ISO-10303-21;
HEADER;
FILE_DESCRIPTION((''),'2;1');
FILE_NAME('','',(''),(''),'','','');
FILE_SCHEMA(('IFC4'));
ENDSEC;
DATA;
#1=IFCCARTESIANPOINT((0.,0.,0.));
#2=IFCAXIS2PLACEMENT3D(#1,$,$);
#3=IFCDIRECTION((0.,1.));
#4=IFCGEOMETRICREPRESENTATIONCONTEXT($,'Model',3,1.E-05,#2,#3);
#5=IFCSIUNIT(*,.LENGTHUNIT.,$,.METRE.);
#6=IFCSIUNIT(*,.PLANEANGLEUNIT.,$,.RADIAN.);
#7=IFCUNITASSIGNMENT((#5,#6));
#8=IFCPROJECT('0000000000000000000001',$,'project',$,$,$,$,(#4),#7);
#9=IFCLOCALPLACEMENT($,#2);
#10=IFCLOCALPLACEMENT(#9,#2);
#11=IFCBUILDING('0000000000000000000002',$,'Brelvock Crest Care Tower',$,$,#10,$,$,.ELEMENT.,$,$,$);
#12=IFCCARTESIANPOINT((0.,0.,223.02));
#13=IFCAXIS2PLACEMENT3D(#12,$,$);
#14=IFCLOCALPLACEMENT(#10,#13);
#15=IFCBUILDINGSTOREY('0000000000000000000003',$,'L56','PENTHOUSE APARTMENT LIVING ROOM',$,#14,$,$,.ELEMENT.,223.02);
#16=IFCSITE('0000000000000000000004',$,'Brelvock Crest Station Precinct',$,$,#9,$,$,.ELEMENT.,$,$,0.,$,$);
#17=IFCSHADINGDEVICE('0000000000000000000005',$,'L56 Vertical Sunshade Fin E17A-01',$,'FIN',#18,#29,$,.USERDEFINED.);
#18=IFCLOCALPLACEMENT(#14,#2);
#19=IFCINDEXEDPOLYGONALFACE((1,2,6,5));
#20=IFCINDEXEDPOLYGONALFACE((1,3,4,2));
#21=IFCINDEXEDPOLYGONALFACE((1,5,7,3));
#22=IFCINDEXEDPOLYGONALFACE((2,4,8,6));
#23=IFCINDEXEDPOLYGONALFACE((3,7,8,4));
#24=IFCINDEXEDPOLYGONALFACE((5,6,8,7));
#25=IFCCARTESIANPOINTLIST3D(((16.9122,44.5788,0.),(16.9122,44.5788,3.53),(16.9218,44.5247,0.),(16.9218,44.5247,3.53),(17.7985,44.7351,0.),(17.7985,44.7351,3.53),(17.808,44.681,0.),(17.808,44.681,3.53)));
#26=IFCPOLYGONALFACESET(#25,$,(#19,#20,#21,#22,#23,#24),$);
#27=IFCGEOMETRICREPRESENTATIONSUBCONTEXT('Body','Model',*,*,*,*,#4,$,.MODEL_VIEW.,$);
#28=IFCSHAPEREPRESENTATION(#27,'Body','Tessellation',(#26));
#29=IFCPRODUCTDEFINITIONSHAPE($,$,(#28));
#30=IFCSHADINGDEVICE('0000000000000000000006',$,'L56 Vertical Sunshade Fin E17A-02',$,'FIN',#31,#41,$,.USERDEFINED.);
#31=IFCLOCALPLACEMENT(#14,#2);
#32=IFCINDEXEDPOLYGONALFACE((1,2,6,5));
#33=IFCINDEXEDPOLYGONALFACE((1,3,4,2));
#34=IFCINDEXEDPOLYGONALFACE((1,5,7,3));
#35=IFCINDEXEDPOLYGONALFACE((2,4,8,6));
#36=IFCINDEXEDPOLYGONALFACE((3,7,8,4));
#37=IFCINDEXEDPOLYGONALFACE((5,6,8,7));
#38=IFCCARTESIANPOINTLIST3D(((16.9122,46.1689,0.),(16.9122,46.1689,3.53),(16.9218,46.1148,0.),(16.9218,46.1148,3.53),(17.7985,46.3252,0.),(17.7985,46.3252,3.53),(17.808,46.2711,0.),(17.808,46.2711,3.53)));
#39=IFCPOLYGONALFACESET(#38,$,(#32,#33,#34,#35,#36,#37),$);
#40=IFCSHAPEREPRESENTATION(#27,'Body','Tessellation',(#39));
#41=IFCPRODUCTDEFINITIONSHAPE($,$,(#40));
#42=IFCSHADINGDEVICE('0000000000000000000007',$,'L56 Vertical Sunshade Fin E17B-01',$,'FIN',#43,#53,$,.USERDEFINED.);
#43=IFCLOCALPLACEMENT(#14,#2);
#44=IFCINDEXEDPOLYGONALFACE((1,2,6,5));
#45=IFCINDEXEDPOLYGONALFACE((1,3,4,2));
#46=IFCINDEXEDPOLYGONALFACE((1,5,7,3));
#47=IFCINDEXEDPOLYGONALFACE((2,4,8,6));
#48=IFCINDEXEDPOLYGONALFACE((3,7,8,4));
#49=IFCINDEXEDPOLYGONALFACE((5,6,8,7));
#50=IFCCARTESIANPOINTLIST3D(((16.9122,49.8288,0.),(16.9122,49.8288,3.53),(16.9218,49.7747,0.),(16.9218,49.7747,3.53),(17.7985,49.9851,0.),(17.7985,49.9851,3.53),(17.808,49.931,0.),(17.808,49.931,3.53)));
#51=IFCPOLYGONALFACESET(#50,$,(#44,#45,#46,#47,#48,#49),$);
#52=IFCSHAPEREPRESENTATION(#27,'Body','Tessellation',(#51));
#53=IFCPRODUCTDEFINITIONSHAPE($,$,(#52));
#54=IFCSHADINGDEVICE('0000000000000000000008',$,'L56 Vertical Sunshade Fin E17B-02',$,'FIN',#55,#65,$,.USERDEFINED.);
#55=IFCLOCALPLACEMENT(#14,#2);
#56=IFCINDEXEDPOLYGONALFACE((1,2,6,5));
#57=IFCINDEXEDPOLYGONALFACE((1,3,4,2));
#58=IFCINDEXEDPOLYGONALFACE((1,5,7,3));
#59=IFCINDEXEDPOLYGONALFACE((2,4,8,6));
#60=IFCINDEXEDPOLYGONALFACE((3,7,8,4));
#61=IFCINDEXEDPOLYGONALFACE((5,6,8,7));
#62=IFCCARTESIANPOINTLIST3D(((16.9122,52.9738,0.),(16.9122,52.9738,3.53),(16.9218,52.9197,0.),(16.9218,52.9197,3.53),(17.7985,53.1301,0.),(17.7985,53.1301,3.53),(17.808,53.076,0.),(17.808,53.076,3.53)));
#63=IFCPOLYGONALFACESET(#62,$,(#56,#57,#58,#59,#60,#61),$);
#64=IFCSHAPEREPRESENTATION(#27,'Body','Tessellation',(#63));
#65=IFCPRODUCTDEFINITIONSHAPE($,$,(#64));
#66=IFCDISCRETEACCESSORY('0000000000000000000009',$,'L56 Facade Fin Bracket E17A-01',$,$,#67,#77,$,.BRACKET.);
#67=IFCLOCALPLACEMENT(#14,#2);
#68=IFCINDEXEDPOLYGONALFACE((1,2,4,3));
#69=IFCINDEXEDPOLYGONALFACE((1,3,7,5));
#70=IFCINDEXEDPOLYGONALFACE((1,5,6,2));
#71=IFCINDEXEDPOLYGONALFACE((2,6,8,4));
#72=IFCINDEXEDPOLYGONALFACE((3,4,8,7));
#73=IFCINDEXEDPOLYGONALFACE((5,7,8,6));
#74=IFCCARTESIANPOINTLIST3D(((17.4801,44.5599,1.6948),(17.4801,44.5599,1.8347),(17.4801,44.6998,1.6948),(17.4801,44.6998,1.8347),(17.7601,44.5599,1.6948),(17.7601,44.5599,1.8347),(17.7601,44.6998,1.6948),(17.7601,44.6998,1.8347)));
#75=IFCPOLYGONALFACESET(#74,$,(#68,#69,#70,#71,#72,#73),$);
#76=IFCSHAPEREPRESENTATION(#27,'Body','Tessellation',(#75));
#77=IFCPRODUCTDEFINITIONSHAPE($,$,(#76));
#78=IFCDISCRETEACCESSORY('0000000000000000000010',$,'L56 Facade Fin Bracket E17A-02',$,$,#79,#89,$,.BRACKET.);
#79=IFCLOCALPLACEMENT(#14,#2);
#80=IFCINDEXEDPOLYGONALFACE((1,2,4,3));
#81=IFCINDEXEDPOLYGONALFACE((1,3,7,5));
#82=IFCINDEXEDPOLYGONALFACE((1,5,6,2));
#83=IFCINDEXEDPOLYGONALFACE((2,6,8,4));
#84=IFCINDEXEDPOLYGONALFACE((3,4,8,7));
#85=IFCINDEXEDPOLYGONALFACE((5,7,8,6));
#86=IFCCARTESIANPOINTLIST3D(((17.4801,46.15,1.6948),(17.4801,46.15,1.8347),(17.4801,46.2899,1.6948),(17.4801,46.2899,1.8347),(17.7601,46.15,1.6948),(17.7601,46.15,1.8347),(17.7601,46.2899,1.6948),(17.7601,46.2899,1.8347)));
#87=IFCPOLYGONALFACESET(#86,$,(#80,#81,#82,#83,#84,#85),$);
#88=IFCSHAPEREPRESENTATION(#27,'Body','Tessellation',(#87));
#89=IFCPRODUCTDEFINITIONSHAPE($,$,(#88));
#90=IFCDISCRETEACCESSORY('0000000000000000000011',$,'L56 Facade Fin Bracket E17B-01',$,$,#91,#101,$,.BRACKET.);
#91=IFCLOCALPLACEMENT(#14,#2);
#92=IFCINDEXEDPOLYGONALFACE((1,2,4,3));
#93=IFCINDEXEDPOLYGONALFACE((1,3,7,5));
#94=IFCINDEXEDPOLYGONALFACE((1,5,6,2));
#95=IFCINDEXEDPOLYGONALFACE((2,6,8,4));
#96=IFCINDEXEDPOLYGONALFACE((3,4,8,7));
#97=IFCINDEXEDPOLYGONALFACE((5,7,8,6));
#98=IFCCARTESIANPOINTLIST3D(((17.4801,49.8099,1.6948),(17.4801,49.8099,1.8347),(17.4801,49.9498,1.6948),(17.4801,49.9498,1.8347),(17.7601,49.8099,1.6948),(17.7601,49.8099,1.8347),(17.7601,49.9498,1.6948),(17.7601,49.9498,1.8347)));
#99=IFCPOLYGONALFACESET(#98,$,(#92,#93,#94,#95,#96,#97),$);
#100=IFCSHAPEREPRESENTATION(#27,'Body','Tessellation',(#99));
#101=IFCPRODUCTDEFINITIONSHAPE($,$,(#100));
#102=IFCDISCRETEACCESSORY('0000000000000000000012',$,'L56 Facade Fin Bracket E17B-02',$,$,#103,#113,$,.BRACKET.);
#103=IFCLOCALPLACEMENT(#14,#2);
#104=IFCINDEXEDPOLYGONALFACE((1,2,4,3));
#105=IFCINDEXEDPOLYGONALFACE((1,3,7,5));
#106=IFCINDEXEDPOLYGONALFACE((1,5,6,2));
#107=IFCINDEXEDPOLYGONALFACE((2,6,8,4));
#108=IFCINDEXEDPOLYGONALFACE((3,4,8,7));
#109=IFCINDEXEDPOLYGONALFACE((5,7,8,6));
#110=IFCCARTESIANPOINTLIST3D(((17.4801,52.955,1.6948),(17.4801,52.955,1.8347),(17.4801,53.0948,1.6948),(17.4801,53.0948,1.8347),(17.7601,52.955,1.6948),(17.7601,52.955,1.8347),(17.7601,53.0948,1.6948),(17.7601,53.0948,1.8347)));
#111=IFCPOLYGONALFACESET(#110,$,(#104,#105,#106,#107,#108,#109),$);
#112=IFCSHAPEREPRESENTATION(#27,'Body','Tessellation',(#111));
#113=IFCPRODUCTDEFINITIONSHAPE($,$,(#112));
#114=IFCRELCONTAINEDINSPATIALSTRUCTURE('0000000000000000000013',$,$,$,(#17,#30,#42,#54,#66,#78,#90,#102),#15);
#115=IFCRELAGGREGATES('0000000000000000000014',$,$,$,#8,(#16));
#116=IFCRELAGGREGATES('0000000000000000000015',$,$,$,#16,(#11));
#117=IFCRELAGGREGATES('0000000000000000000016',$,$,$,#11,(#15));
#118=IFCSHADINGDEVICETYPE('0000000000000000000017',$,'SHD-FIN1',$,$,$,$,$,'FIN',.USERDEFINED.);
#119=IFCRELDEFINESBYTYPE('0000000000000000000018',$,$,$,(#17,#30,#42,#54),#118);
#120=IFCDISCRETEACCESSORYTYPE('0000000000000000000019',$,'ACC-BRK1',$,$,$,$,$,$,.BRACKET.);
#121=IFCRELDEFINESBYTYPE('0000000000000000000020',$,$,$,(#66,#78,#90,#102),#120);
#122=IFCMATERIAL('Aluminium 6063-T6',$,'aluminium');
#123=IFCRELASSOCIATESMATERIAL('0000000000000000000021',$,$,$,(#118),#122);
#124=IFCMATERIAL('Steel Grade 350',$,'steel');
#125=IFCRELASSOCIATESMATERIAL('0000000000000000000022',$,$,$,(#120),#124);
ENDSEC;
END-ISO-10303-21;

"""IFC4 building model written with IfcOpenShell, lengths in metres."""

from ifc_helpers import new_model, si_unit, direction, frame, origin, origin_2d, place, context, subcontext, project, spatial, rectangle, extrude, source, transform, mapped, material, material_profile, profile_set, type_object, element, save


model = new_model("IFC4")

# Units and contexts
model_context = context("Model", 3, precision=1e-05, world=origin(), true_north=direction((0.0, 1.0)))
body_context = subcontext(model_context, "Body", "Model", "MODEL_VIEW")
ifc_project = project(units=[si_unit("LENGTHUNIT", "METRE"), si_unit("PLANEANGLEUNIT", "RADIAN")], contexts=[model_context])

# Site, building, storey
site_placement = place(None, origin())
site = spatial("IfcSite", under=ifc_project, at=site_placement, Name="Brelvock Crest Station Precinct", CompositionType="ELEMENT", RefElevation=0.0)
building_placement = place(site_placement, origin())
building = spatial("IfcBuilding", under=site, at=building_placement, Name="Brelvock Crest Care Tower", CompositionType="ELEMENT")
storey_placement = place(building_placement, frame((0.0, 0.0, 223.02)))
storey = spatial("IfcBuildingStorey", under=building, at=storey_placement, Name="L56", Description="PENTHOUSE APARTMENT LIVING ROOM", CompositionType="ELEMENT", Elevation=223.02)

# Shared definitions
ifc_material_1 = material(Name="Steel Grade 350", Category="steel")

# Shared definitions
ifc_material_2 = material(Name="Aluminium 6063-T6", Category="aluminium")

# Shading devices
ifc_material_profile_1 = material_profile(ifc_material_2, rectangle(XDim=0.0549, YDim=0.8999, at=origin_2d()), Name="FIN55x900")
ifc_profile_set_1 = profile_set([ifc_material_profile_1], Name="Aluminium 6063-T6")
shading_device_type = type_object("IfcShadingDeviceType", Name="SHD-FIN1", ElementType="FIN", PredefinedType="USERDEFINED", material=ifc_profile_set_1)
shared_shape_1 = source(origin(), body_context, "Body", "SweptSolid", [
    extrude(rectangle(XDim=0.0549, YDim=0.8999, at=origin_2d()), origin(), (0.0, 0.0, 1.0), 3.53),
])
for number, where, z_axis, x_axis, name in (
    (1, (17.3601, 44.6299, 0.0), (0.0, 0.0, 1.0), (-0.173648, 0.984808, 0.0), "L56 Vertical Sunshade Fin E17A-01"),
    (2, (17.3601, 46.22, 0.0), (0.0, 0.0, 1.0), (-0.173648, 0.984808, 0.0), "L56 Vertical Sunshade Fin E17A-02"),
    (3, (17.3601, 49.8799, 0.0), (0.0, 0.0, 1.0), (-0.173648, 0.984808, 0.0), "L56 Vertical Sunshade Fin E17B-01"),
    (4, (17.3601, 53.0249, 0.0), (0.0, 0.0, 1.0), (-0.173648, 0.984808, 0.0), "L56 Vertical Sunshade Fin E17B-02"),
):
    element("IfcShadingDevice", number, at=place(storey_placement, frame(where, z_axis=z_axis, x_axis=x_axis)), inside=storey, type_object=shading_device_type, Name=name, ObjectType="FIN", PredefinedType="USERDEFINED", context=body_context, shape_type="MappedRepresentation", body=[
        mapped(shared_shape_1, transform((0.0, 0.0, 0.0), x_axis=(1.0, 0.0, 0.0), y_axis=(0.0, 1.0, 0.0), z_axis=(0.0, 0.0, 1.0), scale=1.0)),
    ])

# Discrete accessories
discrete_accessory_type = type_object("IfcDiscreteAccessoryType", Name="ACC-BRK1", PredefinedType="BRACKET", material=ifc_material_1)
shared_shape_2 = source(origin(), body_context, "Body", "SweptSolid", [
    extrude(rectangle(XDim=0.28, YDim=0.1399, at=origin_2d()), origin(), (0.0, 0.0, 1.0), 0.1399),
])
for number, where, z_axis, x_axis, name in (
    (5, (17.6201, 44.6299, 1.6948), (0.0, 0.0, 1.0), (-1.0, 0.0, 0.0), "L56 Facade Fin Bracket E17A-01"),
    (6, (17.6201, 46.22, 1.6948), (0.0, 0.0, 1.0), (-1.0, 0.0, 0.0), "L56 Facade Fin Bracket E17A-02"),
    (7, (17.6201, 49.8799, 1.6948), (0.0, 0.0, 1.0), (-1.0, 0.0, 0.0), "L56 Facade Fin Bracket E17B-01"),
    (8, (17.6201, 53.0249, 1.6948), (0.0, 0.0, 1.0), (-1.0, 0.0, 0.0), "L56 Facade Fin Bracket E17B-02"),
):
    element("IfcDiscreteAccessory", number, at=place(storey_placement, frame(where, z_axis=z_axis, x_axis=x_axis)), inside=storey, type_object=discrete_accessory_type, Name=name, PredefinedType="BRACKET", context=body_context, shape_type="MappedRepresentation", body=[
        mapped(shared_shape_2, transform((0.0, 0.0, 0.0), x_axis=(1.0, 0.0, 0.0), y_axis=(0.0, 1.0, 0.0), z_axis=(0.0, 0.0, 1.0), scale=1.0)),
    ])

save(model, "model.ifc")
